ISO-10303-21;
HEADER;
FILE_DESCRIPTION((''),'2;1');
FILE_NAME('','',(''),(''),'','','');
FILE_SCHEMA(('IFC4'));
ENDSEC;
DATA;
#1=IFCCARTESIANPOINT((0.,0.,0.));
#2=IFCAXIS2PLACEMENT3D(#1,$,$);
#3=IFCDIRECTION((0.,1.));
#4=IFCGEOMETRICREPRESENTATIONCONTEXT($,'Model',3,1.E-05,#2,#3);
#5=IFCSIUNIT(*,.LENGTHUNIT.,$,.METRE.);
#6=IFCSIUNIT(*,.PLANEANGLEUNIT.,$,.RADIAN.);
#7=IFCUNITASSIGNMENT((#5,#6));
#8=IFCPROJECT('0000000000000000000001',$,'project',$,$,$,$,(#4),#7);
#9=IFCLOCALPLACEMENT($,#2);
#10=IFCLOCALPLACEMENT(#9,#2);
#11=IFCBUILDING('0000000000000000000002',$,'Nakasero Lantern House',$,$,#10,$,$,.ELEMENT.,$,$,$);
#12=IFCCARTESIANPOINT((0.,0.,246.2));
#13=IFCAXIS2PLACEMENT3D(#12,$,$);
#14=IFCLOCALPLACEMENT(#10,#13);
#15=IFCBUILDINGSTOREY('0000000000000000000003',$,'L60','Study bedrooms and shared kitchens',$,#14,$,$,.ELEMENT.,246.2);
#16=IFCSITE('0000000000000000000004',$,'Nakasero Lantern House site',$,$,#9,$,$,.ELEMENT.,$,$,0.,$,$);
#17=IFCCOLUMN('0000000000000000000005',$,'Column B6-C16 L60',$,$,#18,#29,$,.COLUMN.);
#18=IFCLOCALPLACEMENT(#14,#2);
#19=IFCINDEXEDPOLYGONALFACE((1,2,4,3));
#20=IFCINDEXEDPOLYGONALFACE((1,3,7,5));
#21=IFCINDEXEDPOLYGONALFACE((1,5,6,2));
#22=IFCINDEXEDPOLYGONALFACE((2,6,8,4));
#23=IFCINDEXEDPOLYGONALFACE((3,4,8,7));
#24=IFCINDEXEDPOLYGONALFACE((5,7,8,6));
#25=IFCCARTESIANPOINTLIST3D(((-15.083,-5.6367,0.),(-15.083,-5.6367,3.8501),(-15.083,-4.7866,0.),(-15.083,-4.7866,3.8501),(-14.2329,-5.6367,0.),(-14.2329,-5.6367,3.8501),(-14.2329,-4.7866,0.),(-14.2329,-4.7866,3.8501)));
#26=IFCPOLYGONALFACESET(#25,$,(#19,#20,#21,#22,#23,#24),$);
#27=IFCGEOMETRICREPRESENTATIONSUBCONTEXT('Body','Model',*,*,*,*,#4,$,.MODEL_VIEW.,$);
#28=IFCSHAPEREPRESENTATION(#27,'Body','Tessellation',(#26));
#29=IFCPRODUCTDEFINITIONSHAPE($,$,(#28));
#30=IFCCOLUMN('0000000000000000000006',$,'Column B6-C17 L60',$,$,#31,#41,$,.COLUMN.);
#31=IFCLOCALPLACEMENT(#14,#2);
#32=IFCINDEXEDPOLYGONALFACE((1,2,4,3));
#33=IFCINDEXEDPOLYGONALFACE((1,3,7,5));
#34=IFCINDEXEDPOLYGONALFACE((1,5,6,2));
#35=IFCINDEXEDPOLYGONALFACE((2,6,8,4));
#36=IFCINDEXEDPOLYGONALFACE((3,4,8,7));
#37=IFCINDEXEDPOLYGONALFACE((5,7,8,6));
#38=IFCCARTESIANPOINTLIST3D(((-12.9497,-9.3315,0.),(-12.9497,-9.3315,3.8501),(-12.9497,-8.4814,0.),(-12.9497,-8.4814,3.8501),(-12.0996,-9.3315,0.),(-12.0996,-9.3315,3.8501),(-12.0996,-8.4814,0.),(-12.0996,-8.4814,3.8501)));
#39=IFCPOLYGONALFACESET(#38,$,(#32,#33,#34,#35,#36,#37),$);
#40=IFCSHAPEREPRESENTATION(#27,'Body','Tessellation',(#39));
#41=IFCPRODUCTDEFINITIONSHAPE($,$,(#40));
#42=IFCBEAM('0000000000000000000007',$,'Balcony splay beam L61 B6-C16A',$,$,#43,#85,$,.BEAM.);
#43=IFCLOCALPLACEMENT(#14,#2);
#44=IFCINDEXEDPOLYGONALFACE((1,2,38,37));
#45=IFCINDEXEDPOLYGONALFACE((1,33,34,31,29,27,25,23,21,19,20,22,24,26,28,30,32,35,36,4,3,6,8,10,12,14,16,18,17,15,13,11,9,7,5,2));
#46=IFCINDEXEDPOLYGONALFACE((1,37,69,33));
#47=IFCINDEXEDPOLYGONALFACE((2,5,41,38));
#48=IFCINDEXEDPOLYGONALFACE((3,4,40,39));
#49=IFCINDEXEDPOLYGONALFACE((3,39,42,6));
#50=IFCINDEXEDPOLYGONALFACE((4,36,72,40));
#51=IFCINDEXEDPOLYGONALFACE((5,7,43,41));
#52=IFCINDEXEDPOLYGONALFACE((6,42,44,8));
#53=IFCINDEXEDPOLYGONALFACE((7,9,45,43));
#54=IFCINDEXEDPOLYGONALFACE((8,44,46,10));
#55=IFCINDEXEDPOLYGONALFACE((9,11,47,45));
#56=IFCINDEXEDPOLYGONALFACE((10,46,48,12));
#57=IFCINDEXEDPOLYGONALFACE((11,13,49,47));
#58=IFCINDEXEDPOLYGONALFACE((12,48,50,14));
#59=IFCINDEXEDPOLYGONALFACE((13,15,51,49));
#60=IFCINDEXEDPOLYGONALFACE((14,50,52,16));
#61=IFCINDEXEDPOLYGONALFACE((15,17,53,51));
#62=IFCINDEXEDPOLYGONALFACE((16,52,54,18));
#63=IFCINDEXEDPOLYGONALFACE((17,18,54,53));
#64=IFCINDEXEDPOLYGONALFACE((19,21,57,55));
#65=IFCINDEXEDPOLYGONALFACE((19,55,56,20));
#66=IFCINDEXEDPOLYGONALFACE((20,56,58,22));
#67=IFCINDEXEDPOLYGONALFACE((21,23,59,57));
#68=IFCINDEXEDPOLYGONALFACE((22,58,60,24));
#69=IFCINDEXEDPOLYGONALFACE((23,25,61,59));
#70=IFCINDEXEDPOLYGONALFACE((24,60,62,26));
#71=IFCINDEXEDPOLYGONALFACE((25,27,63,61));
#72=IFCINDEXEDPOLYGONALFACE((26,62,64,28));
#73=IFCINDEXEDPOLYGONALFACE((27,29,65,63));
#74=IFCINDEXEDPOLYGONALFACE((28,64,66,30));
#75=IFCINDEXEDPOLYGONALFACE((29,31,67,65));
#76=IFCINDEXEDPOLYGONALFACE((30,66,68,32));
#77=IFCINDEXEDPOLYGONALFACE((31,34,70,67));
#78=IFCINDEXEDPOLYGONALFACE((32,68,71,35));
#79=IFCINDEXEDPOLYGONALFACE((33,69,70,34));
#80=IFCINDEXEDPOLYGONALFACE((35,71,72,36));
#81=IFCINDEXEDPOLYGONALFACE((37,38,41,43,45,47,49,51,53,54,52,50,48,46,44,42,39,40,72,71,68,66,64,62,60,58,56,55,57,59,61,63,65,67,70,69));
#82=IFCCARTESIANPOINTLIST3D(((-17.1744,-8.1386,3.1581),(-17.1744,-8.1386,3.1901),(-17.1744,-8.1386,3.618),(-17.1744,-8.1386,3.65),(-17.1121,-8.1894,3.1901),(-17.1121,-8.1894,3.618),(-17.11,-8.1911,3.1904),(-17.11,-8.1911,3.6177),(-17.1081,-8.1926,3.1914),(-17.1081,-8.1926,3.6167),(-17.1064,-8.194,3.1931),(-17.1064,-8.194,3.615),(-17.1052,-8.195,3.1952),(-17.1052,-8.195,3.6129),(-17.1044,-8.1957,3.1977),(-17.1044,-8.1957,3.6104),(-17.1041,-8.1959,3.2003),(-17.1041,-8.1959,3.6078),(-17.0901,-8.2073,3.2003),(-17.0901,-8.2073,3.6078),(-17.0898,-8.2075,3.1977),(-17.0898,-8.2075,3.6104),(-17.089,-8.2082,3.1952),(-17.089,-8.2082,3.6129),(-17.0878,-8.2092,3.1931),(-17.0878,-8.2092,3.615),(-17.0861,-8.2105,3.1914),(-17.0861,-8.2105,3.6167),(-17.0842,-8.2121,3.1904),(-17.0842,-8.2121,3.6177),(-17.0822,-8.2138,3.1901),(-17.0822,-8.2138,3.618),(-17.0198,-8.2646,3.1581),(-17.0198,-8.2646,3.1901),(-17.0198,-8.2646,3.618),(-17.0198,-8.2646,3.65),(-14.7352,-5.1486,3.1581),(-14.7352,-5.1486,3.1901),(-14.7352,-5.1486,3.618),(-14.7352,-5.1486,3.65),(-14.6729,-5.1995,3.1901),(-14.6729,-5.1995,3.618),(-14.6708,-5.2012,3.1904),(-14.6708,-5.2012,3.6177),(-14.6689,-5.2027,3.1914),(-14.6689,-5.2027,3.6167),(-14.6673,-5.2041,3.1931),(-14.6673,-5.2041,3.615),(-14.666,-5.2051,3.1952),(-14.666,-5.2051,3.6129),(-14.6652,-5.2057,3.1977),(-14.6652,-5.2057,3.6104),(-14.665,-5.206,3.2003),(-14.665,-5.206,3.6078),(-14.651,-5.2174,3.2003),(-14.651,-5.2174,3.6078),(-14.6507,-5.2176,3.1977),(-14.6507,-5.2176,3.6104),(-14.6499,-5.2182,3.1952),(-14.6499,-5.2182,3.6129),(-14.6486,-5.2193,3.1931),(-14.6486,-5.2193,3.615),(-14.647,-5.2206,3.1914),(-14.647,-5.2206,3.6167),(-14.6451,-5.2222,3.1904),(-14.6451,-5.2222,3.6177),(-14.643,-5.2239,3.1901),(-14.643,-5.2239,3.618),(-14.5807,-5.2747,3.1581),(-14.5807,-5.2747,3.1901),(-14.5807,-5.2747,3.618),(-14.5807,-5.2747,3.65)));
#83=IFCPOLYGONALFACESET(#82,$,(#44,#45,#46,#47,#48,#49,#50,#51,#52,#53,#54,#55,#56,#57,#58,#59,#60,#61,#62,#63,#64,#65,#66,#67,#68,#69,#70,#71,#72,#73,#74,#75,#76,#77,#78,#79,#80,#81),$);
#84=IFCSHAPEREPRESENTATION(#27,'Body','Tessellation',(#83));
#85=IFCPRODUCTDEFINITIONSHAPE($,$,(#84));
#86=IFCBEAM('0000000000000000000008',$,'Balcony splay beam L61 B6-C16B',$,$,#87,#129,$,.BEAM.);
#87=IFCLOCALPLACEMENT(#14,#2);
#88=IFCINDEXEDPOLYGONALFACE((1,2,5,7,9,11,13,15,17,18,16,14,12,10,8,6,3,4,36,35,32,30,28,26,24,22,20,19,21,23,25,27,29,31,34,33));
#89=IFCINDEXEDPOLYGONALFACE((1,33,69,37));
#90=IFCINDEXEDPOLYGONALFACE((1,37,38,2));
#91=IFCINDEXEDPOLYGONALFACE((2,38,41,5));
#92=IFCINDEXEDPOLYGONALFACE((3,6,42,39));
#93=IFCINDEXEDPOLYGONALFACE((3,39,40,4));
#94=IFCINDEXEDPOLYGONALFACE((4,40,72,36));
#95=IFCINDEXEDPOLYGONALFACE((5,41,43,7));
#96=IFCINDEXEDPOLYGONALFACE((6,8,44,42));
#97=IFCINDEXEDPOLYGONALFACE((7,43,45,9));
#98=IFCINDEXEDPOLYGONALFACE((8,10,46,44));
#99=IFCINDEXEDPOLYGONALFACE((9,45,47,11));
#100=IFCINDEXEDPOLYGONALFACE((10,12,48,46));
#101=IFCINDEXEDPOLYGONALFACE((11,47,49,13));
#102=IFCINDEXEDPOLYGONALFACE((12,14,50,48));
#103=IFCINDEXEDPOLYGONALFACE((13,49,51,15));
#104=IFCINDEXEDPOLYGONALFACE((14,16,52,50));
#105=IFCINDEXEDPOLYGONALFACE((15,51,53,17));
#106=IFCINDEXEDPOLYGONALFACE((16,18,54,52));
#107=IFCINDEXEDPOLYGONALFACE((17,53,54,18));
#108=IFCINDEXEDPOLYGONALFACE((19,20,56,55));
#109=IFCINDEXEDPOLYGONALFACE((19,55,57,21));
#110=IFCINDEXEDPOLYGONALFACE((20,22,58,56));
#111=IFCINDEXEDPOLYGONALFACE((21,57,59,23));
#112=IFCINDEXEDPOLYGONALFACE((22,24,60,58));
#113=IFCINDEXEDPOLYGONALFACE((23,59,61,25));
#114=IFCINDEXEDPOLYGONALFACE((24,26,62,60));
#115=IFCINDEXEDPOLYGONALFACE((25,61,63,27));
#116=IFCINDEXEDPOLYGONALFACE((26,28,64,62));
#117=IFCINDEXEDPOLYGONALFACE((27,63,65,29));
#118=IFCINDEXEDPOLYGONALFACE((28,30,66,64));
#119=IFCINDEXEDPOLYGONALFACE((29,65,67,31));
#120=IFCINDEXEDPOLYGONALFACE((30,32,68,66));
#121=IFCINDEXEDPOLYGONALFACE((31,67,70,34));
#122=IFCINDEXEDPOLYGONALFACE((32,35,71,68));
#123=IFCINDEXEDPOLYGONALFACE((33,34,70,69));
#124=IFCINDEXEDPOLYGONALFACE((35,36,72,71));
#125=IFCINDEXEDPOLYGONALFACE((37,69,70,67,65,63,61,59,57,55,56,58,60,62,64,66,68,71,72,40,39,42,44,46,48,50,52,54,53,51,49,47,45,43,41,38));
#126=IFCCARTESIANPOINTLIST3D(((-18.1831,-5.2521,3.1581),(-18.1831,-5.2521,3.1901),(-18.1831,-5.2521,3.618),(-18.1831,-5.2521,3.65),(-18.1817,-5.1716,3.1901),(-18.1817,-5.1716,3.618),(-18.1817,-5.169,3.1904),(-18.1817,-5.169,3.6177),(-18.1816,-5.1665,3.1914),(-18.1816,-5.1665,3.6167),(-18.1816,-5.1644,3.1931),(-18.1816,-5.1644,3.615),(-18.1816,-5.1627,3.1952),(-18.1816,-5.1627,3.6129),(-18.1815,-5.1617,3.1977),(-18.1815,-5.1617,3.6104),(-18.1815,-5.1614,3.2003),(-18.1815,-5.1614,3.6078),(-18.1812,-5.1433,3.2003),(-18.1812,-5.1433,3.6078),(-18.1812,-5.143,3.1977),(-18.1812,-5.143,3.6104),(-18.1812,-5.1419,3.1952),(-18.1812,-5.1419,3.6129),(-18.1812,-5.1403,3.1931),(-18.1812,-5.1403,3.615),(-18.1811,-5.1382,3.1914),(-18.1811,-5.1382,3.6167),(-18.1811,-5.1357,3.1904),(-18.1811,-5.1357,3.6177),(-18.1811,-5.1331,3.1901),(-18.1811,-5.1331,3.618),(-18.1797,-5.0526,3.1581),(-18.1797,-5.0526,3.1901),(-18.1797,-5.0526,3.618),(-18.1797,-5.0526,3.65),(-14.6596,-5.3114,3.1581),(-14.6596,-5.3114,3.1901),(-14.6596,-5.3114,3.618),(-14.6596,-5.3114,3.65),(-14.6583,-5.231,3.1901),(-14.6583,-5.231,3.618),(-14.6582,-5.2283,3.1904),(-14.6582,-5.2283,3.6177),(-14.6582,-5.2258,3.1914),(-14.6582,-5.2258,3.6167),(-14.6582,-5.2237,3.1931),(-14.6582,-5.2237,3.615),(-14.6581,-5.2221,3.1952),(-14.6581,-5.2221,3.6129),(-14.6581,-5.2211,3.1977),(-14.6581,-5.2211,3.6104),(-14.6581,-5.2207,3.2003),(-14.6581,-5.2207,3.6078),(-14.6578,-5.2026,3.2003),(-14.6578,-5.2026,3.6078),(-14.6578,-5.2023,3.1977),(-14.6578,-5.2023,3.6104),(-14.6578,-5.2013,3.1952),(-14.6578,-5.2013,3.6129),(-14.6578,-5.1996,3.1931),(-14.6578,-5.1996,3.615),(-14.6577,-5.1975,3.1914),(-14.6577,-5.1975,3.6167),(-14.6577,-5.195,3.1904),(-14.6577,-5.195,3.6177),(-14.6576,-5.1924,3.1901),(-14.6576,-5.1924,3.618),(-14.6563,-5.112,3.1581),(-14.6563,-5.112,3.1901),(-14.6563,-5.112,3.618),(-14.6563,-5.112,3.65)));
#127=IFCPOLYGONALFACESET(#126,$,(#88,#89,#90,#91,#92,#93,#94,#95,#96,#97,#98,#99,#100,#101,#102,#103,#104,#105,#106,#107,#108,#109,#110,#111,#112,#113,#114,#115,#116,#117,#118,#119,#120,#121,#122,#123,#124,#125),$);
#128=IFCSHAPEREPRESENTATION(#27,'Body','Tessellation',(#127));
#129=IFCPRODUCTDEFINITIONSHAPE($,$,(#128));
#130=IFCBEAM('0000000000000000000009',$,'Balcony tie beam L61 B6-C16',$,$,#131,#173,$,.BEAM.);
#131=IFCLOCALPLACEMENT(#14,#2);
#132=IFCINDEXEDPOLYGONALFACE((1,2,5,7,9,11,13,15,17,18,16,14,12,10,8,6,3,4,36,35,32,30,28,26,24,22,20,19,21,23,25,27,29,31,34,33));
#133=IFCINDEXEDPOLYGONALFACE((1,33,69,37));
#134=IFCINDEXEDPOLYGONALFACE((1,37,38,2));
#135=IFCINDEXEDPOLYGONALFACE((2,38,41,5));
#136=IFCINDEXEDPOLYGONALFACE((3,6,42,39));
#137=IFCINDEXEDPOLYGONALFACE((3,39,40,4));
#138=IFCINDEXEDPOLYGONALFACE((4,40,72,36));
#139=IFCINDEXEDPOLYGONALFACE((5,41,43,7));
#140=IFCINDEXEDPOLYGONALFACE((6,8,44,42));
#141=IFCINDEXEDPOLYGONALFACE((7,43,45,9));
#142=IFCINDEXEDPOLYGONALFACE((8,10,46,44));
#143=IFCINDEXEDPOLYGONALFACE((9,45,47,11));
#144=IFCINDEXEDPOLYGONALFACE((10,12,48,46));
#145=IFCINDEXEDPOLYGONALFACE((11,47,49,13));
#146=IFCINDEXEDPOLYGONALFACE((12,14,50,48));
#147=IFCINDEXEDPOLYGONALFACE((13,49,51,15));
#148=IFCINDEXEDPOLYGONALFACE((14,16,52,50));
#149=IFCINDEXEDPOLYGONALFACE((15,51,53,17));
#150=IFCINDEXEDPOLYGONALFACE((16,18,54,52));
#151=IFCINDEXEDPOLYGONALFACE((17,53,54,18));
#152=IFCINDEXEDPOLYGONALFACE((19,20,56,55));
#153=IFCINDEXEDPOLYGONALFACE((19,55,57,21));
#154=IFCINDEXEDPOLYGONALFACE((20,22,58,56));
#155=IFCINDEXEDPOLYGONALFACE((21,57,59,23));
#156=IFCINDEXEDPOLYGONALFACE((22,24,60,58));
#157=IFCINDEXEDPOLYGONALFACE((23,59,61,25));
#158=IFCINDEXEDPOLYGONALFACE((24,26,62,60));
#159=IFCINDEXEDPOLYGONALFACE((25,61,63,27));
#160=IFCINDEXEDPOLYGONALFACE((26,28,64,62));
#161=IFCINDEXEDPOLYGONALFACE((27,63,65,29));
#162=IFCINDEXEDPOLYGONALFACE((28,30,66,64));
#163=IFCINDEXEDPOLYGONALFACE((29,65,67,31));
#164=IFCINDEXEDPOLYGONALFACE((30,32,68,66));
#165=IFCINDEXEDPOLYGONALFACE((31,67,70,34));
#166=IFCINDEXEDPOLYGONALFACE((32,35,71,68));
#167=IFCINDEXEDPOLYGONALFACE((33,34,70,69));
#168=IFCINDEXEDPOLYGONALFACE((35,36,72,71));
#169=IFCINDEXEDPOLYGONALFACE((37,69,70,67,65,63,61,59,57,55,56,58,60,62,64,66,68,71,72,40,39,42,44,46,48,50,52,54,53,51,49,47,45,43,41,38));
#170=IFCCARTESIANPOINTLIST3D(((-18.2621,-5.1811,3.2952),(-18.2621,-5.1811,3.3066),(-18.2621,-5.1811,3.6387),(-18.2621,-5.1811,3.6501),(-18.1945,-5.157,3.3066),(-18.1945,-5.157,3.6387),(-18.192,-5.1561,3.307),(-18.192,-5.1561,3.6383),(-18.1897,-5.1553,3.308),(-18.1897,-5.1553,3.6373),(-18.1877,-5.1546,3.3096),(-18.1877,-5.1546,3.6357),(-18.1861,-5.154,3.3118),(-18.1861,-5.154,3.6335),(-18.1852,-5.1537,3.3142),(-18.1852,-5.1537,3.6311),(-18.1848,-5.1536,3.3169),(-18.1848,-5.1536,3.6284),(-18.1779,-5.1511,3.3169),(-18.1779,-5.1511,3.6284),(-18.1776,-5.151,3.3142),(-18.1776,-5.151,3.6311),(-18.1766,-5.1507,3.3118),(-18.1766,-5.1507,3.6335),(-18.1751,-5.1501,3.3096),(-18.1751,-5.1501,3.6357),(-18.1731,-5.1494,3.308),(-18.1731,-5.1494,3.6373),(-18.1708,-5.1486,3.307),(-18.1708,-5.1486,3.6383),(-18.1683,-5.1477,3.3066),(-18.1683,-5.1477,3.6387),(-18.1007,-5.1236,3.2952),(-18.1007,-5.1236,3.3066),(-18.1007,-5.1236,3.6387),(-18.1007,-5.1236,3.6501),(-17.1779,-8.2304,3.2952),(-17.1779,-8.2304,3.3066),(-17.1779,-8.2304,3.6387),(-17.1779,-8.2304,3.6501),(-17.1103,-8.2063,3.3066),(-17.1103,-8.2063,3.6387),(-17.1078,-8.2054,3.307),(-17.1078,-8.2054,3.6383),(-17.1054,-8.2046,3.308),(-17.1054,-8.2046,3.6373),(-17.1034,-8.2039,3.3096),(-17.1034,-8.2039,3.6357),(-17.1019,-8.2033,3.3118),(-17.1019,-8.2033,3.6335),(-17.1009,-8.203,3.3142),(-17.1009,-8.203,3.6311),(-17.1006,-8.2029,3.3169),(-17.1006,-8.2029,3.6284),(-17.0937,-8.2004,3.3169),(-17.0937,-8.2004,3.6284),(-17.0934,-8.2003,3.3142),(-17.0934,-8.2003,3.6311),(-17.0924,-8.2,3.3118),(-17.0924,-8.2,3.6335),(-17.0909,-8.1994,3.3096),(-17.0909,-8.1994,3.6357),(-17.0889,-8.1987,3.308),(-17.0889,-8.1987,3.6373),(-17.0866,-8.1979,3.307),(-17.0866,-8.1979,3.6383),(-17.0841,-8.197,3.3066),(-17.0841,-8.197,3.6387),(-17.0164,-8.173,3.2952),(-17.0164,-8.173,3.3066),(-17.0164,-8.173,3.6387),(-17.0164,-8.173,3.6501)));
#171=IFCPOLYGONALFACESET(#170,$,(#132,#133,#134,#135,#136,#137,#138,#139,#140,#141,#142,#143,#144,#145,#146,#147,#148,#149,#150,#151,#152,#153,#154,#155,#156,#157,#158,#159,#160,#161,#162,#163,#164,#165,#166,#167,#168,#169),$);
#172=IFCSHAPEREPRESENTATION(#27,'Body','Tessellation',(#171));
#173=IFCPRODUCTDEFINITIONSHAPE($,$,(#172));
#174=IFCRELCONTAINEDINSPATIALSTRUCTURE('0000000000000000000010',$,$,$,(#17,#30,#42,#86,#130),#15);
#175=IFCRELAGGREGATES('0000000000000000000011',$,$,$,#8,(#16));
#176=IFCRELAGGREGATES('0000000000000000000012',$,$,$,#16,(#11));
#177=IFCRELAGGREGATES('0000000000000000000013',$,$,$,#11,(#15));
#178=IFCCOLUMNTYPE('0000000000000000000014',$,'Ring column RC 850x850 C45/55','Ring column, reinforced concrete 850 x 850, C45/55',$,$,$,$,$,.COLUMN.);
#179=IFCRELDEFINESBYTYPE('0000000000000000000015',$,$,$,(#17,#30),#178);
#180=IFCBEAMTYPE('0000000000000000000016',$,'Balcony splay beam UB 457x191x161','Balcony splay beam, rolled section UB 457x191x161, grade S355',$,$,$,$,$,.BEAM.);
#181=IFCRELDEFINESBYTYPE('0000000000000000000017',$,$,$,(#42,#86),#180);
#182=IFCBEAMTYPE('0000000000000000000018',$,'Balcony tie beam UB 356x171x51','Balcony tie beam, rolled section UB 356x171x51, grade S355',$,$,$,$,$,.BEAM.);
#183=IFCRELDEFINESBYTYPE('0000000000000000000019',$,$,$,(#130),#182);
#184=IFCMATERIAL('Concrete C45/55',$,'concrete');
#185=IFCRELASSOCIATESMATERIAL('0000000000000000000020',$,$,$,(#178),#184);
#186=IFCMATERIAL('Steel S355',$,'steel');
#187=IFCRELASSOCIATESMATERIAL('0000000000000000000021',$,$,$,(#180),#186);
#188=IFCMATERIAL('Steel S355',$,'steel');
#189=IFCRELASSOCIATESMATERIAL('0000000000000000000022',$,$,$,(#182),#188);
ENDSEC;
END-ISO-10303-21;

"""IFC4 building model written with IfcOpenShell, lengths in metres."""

from ifc_helpers import new_model, si_unit, direction, frame, origin, origin_2d, place, context, subcontext, project, spatial, rectangle, i_section, extrude, material, material_profile, profile_set, type_object, element, save


model = new_model("IFC4")

# Units and contexts
model_context = context("Model", 3, precision=1e-05, world=origin(), true_north=direction((0.0, 1.0)))
body_context = subcontext(model_context, "Body", "Model", "MODEL_VIEW")
ifc_project = project(units=[si_unit("LENGTHUNIT", "METRE"), si_unit("PLANEANGLEUNIT", "RADIAN")], contexts=[model_context])

# Site, building, storey
site_placement = place(None, origin())
site = spatial("IfcSite", under=ifc_project, at=site_placement, Name="Nakasero Lantern House site", CompositionType="ELEMENT", RefElevation=0.0)
building_placement = place(site_placement, origin())
building = spatial("IfcBuilding", under=site, at=building_placement, Name="Nakasero Lantern House", CompositionType="ELEMENT")
storey_placement = place(building_placement, frame((0.0, 0.0, 246.2)))
storey = spatial("IfcBuildingStorey", under=building, at=storey_placement, Name="L60", Description="Study bedrooms and shared kitchens", CompositionType="ELEMENT", Elevation=246.2)

# Columns
ifc_material_1 = material(Name="Concrete C45/55", Category="concrete")
ifc_material_profile_1 = material_profile(ifc_material_1, rectangle(XDim=0.8501, YDim=0.8501, at=origin_2d()), Name="RC 850x850")
ifc_profile_set_1 = profile_set([ifc_material_profile_1], Name="Concrete C45/55")
column_type = type_object("IfcColumnType", Name="Ring column RC 850x850 C45/55", Description="Ring column, reinforced concrete 850 x 850, C45/55", PredefinedType="COLUMN", material=ifc_profile_set_1)
for number, where, z_axis, x_axis, name in (
    (1, (-14.658, -5.2117, 0.0), (0.0, 0.0, 1.0), (1.0, 0.0, 0.0), "Column B6-C16 L60"),
    (2, (-12.5247, -8.9065, 0.0), (0.0, 0.0, 1.0), (1.0, 0.0, 0.0), "Column B6-C17 L60"),
):
    element("IfcColumn", number, at=place(storey_placement, frame(where, z_axis=z_axis, x_axis=x_axis)), inside=storey, type_object=column_type, Name=name, PredefinedType="COLUMN", context=body_context, shape_type="SweptSolid", body=[
        extrude(rectangle(XDim=0.8501, YDim=0.8501, at=origin_2d()), origin(), (0.0, 0.0, 1.0), 3.8501),
    ])

# Beams
ifc_material_2 = material(Name="Steel S355", Category="steel")
ifc_material_profile_2 = material_profile(ifc_material_2, i_section(OverallWidth=0.1995, OverallDepth=0.4919, WebThickness=0.0181, FlangeThickness=0.032, FilletRadius=0.0103, at=origin_2d()), Name="UB 457x191x161")
ifc_profile_set_2 = profile_set([ifc_material_profile_2], Name="Steel S355")
beam_type_1 = type_object("IfcBeamType", Name="Balcony splay beam UB 457x191x161", Description="Balcony splay beam, rolled section UB 457x191x161, grade S355", PredefinedType="BEAM", material=ifc_profile_set_2)
beam_1_placement = place(storey_placement, frame((-14.658, -5.2117, 3.4041), z_axis=(-0.632128, -0.774864, 0.0), x_axis=(0.774864, -0.632128, 0.0)))
element("IfcBeam", 3, at=beam_1_placement, inside=storey, type_object=beam_type_1, Name="Balcony splay beam L61 B6-C16A", PredefinedType="BEAM", context=body_context, shape_type="SweptSolid", body=[
    extrude(i_section(OverallWidth=0.1995, OverallDepth=0.4919, WebThickness=0.0181, FlangeThickness=0.032, FilletRadius=0.0103, at=origin_2d()), origin(), (0.0, 0.0, 1.0), 3.8586),
])
beam_2_placement = place(storey_placement, frame((-14.658, -5.2117, 3.4041), z_axis=(-0.999858, 0.016835, 0.0), x_axis=(-0.016835, -0.999858, 0.0)))
element("IfcBeam", 4, at=beam_2_placement, inside=storey, type_object=beam_type_1, Name="Balcony splay beam L61 B6-C16B", PredefinedType="BEAM", context=body_context, shape_type="SweptSolid", body=[
    extrude(i_section(OverallWidth=0.1995, OverallDepth=0.4919, WebThickness=0.0181, FlangeThickness=0.032, FilletRadius=0.0103, at=origin_2d()), origin(), (0.0, 0.0, 1.0), 3.5239),
])
ifc_material_3 = material(Name="Steel S355", Category="steel")
ifc_material_profile_3 = material_profile(ifc_material_3, i_section(OverallWidth=0.1714, OverallDepth=0.355, WebThickness=0.0073, FlangeThickness=0.0115, FilletRadius=0.0103, at=origin_2d()), Name="UB 356x171x51")
ifc_profile_set_3 = profile_set([ifc_material_profile_3], Name="Steel S355")
beam_type_2 = type_object("IfcBeamType", Name="Balcony tie beam UB 356x171x51", Description="Balcony tie beam, rolled section UB 356x171x51, grade S355", PredefinedType="BEAM", material=ifc_profile_set_3)
beam_3_placement = place(storey_placement, frame((-17.0972, -8.2017, 3.4727), z_axis=(-0.335017, 0.942212, 0.0), x_axis=(-0.942212, -0.335017, 0.0)))
element("IfcBeam", 5, at=beam_3_placement, inside=storey, type_object=beam_type_2, Name="Balcony tie beam L61 B6-C16", PredefinedType="BEAM", context=body_context, shape_type="SweptSolid", body=[
    extrude(i_section(OverallWidth=0.1714, OverallDepth=0.355, WebThickness=0.0073, FlangeThickness=0.0115, FilletRadius=0.0103, at=origin_2d()), origin(), (0.0, 0.0, 1.0), 3.2363),
])

save(model, "model.ifc")
